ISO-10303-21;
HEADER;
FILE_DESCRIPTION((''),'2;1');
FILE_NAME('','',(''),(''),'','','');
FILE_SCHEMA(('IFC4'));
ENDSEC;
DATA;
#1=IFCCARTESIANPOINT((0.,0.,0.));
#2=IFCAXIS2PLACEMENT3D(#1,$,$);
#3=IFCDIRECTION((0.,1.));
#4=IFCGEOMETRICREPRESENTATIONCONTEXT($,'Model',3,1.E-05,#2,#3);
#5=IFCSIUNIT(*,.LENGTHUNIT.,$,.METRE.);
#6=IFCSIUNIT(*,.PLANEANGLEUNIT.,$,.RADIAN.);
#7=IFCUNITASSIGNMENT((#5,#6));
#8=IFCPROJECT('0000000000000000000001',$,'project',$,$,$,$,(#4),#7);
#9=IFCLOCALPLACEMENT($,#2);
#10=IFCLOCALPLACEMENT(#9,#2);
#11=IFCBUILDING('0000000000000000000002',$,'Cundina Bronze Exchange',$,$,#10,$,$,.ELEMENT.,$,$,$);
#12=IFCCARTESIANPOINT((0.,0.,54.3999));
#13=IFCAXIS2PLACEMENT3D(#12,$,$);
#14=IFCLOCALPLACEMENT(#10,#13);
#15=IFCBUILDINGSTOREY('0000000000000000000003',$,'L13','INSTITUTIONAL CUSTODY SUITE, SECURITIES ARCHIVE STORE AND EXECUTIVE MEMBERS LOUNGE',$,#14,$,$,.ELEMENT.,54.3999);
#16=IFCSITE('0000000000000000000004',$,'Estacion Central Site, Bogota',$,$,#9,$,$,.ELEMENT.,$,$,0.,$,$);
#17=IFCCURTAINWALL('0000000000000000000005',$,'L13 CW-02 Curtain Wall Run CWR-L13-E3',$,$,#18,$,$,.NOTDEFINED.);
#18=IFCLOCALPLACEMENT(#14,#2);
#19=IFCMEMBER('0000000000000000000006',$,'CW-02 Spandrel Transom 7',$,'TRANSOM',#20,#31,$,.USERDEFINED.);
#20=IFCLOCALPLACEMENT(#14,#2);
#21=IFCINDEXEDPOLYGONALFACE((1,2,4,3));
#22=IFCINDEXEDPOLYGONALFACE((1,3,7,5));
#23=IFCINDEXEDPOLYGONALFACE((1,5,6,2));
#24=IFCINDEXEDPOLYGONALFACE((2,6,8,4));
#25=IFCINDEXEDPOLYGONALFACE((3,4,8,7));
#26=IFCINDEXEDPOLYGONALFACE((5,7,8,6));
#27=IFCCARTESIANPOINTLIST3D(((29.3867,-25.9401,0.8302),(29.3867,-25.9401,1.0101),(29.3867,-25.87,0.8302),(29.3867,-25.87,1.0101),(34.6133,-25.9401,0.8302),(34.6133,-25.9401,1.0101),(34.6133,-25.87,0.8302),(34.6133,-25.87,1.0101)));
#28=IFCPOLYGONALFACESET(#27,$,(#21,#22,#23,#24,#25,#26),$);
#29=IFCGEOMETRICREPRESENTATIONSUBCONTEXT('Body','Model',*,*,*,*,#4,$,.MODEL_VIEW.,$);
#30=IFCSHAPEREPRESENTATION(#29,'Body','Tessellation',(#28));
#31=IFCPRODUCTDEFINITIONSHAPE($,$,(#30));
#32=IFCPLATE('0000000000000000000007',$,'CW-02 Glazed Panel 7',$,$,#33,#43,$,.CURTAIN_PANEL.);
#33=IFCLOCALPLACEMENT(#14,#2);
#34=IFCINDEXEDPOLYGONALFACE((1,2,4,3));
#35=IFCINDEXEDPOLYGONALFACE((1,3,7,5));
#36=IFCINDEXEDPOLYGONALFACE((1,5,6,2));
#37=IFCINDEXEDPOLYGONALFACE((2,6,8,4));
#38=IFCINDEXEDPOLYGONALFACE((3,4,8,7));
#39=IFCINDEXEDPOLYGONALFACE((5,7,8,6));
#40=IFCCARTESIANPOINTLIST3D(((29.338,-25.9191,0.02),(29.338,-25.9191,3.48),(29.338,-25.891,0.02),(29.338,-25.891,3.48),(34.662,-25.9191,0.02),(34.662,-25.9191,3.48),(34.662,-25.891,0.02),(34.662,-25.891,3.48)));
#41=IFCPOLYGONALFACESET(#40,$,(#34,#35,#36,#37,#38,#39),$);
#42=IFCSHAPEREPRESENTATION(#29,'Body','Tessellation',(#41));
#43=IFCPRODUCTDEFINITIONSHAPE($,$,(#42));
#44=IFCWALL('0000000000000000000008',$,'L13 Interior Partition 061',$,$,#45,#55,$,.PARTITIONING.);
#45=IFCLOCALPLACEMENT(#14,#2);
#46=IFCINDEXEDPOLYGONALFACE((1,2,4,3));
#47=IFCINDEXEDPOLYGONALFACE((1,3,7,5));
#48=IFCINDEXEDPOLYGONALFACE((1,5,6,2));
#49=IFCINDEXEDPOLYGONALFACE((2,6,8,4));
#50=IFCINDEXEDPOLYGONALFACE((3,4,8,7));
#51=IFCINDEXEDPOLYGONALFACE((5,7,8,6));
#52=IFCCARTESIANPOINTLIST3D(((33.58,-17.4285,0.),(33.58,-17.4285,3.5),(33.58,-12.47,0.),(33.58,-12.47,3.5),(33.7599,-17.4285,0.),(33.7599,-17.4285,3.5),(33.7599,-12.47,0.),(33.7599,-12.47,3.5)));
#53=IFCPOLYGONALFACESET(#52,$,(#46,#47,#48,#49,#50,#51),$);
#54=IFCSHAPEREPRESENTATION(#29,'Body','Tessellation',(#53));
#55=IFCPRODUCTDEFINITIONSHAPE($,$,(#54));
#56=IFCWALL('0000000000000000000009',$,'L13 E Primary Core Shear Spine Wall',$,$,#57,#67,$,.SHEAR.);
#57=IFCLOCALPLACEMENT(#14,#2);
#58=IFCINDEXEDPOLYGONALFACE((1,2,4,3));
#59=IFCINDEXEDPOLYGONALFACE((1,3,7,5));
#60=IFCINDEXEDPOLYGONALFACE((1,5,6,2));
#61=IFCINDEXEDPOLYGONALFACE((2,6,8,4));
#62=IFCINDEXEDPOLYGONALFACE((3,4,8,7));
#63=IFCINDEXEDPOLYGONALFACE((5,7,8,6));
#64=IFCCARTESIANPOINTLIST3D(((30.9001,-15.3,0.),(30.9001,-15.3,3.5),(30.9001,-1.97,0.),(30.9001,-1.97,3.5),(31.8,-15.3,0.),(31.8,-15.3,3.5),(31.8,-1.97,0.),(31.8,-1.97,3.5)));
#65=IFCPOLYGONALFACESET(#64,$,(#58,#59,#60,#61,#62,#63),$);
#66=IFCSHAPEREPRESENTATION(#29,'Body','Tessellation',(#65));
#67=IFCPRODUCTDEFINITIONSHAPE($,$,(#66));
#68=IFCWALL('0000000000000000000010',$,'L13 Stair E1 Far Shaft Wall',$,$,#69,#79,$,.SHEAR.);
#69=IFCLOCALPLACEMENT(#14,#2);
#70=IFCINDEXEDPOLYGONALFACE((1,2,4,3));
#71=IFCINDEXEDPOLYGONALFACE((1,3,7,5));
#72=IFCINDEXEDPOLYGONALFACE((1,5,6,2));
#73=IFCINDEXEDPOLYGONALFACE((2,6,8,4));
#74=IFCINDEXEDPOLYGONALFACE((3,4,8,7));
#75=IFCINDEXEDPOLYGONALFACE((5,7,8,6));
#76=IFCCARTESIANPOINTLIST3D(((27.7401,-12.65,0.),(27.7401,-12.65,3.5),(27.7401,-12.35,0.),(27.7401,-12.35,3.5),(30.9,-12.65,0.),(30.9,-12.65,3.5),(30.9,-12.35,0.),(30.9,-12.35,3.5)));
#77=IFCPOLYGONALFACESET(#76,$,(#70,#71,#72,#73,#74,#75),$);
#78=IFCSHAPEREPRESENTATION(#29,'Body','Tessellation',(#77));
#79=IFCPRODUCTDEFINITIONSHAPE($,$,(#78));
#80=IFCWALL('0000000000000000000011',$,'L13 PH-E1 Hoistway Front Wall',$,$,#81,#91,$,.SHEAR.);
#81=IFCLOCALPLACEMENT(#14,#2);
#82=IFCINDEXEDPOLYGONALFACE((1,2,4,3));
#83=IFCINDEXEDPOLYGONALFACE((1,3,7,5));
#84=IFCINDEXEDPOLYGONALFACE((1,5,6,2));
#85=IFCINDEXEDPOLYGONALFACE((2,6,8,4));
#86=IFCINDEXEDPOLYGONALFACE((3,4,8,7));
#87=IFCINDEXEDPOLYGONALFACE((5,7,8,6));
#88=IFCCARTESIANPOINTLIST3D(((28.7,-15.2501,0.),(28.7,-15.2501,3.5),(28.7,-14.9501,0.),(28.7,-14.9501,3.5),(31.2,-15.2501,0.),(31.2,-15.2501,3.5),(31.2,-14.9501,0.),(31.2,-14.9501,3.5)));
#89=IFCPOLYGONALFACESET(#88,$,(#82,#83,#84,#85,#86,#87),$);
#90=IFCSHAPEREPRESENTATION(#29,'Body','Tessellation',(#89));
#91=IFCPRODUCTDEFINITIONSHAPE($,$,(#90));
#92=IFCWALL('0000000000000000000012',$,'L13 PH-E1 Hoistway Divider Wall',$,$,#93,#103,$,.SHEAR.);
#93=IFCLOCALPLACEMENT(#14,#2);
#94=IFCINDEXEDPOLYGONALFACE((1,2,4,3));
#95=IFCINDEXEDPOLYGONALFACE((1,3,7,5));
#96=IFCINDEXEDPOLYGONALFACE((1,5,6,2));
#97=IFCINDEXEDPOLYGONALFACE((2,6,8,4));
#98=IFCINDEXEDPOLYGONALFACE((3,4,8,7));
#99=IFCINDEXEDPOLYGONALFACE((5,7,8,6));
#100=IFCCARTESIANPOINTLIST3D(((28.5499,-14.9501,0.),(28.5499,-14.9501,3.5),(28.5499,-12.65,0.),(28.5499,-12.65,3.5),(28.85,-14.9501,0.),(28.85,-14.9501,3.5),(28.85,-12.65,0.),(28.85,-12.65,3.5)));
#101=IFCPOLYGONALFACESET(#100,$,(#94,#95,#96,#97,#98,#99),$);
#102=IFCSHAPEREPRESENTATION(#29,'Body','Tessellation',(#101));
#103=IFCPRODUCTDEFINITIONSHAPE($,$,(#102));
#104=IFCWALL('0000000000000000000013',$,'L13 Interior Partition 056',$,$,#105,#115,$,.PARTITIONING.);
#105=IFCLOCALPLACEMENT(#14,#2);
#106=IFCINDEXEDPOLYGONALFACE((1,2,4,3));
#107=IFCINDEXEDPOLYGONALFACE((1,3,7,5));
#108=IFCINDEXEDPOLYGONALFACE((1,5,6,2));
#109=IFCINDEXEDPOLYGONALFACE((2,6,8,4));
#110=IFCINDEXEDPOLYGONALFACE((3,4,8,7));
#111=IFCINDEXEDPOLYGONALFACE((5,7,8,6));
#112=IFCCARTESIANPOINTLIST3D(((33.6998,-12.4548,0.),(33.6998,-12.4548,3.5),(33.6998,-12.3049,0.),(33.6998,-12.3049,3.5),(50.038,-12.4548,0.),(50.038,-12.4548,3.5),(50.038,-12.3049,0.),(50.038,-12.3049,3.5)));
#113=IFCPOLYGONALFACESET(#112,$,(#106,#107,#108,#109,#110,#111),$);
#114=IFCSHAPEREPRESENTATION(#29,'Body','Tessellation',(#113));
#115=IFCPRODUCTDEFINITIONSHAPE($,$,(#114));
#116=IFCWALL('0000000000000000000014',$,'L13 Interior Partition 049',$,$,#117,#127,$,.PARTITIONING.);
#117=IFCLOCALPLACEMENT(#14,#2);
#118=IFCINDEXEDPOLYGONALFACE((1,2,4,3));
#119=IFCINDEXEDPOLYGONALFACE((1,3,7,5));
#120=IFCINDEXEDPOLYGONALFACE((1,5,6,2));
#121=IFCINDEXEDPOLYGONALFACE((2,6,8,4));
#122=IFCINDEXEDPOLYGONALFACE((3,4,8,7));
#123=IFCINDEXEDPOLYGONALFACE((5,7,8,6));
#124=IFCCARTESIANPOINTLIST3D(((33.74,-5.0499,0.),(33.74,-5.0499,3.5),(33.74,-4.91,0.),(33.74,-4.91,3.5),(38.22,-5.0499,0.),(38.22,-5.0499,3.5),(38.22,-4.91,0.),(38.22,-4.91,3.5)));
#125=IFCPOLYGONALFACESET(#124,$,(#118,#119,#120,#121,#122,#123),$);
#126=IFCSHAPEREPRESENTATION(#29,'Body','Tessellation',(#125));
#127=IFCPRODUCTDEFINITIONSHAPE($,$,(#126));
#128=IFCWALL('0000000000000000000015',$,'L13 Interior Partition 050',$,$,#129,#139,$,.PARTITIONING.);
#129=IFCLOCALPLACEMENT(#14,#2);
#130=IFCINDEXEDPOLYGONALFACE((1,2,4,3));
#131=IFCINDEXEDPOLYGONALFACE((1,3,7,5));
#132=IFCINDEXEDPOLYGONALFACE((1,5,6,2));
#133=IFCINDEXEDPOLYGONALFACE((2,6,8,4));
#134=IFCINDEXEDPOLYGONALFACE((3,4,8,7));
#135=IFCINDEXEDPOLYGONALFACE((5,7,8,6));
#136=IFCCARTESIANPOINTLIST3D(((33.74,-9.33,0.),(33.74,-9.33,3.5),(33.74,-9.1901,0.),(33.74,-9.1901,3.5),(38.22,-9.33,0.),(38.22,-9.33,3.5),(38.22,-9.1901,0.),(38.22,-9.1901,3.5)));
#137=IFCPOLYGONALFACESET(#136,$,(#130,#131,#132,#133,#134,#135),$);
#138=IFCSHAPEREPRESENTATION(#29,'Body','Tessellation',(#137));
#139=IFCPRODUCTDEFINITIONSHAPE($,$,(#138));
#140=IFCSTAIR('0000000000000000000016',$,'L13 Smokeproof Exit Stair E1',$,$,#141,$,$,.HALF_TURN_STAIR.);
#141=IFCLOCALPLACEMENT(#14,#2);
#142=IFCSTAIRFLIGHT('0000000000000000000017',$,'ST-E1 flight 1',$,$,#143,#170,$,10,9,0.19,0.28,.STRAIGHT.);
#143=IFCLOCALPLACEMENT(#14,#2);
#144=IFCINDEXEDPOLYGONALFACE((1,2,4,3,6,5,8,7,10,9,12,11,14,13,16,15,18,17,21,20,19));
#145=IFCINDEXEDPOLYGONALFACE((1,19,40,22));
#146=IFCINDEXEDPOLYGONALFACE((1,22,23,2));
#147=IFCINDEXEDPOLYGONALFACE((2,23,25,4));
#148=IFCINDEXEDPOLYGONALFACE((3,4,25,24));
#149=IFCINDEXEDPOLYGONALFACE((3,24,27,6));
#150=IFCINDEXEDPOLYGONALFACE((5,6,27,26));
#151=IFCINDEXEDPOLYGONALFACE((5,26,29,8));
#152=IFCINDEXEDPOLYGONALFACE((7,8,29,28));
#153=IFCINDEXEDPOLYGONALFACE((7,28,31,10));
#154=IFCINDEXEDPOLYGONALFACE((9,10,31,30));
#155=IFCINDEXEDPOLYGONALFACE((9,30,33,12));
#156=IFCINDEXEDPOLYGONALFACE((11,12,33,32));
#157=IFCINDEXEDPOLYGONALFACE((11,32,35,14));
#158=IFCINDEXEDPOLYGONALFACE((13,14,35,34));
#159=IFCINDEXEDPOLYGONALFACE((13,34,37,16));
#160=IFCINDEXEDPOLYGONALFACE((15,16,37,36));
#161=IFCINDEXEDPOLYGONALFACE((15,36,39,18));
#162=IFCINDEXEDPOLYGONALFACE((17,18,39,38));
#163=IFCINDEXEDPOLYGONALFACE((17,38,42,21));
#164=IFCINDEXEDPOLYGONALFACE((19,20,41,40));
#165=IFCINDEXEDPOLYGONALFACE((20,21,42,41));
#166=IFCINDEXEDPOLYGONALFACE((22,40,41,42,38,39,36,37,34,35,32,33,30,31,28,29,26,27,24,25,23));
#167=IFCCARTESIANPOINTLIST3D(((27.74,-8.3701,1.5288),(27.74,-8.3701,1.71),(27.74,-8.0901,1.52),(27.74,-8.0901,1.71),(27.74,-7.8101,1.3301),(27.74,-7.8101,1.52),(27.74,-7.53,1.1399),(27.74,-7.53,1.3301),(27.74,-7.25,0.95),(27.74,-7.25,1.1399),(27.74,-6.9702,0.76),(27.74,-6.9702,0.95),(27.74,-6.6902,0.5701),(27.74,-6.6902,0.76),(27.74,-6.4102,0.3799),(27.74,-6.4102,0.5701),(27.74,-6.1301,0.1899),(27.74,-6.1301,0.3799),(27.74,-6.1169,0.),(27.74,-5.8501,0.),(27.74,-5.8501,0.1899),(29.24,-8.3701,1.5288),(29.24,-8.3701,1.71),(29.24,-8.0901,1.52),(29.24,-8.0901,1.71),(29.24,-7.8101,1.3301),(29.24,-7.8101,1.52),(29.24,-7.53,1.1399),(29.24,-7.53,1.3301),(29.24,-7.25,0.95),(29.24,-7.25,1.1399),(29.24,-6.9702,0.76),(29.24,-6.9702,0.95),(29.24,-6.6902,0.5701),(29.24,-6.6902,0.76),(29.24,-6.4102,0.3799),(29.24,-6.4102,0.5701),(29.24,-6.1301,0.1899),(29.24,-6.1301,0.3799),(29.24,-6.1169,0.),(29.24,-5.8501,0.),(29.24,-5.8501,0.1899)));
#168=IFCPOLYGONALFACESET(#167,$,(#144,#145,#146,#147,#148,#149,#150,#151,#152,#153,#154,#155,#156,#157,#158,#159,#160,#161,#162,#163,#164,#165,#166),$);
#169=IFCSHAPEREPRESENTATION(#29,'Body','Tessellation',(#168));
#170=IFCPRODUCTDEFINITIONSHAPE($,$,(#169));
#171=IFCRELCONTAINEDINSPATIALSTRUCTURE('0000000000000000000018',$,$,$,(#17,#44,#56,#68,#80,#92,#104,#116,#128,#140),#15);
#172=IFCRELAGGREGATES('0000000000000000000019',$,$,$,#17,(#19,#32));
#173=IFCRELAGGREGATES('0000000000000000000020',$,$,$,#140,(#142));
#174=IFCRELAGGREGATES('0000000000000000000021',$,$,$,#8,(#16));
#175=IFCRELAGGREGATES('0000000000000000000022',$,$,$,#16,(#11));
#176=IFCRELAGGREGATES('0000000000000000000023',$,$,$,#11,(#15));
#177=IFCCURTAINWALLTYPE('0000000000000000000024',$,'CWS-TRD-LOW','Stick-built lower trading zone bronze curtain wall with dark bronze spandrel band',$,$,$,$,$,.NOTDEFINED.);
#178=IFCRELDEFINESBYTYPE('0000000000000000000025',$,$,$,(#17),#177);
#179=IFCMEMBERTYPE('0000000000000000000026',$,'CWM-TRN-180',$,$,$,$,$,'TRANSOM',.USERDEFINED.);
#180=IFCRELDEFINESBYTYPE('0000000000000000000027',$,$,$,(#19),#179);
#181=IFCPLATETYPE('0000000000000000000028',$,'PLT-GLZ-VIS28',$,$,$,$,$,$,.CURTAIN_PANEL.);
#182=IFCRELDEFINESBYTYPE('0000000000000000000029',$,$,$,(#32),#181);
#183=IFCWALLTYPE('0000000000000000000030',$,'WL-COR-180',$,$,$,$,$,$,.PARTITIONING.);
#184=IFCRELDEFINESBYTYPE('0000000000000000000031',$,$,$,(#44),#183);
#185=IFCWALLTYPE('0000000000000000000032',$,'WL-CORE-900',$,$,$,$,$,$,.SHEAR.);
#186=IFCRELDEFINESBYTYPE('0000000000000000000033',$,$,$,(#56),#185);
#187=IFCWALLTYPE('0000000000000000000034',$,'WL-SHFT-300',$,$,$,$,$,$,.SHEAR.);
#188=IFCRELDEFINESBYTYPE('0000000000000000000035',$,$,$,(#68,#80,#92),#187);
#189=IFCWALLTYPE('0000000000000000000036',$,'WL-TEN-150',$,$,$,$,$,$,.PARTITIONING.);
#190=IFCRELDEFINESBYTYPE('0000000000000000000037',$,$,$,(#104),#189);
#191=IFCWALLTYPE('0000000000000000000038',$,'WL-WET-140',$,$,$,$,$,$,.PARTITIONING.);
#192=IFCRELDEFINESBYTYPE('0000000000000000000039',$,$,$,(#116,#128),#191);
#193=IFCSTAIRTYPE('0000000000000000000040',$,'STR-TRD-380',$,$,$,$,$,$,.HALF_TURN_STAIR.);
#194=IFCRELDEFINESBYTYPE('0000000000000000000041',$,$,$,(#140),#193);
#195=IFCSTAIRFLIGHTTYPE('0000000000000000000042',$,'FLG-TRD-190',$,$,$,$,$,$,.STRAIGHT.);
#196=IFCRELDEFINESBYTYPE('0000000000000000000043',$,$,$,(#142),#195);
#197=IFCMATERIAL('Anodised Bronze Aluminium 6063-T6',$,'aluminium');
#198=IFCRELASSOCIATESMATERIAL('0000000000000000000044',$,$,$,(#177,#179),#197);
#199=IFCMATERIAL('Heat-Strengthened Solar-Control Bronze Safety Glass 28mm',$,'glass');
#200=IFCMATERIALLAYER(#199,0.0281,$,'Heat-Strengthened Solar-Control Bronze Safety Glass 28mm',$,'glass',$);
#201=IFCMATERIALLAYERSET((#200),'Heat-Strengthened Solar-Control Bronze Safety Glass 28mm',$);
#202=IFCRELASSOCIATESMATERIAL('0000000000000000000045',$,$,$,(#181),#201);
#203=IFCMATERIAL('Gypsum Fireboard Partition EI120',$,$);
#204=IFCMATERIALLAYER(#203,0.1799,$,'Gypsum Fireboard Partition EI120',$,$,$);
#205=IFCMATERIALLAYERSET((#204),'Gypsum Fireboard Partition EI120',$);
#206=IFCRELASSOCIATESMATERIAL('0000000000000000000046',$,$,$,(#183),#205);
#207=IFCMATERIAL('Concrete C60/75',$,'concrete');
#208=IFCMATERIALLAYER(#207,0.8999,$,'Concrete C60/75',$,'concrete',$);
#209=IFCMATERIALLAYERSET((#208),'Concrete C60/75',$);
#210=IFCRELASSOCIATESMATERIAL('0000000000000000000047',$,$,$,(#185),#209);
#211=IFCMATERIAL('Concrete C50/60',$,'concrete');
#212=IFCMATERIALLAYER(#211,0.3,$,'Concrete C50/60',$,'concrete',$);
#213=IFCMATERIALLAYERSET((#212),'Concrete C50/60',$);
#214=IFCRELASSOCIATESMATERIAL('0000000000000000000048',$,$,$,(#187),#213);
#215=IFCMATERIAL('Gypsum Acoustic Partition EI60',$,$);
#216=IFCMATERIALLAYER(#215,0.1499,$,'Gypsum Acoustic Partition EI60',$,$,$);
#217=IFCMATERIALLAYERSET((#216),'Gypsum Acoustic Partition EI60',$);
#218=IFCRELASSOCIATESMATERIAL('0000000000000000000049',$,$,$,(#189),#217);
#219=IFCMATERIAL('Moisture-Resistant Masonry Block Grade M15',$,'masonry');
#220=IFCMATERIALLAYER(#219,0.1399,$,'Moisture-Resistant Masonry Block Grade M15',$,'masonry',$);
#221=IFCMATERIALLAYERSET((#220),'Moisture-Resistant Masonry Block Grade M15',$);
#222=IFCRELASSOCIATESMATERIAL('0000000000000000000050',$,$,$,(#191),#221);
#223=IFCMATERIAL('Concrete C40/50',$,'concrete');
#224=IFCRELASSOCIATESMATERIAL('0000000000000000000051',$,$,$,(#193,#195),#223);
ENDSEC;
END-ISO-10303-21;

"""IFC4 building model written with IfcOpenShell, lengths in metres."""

from ifc_helpers import new_model, si_unit, direction, frame, frame_2d, origin, origin_2d, place, context, subcontext, project, spatial, polyline, rectangle, outline, extrude, material, layer, layer_set, material_profile, profile_set, type_object, element, aggregate, save


model = new_model("IFC4")

# Units and contexts
model_context = context("Model", 3, precision=1e-05, world=origin(), true_north=direction((0.0, 1.0)))
body_context = subcontext(model_context, "Body", "Model", "MODEL_VIEW")
ifc_project = project(units=[si_unit("LENGTHUNIT", "METRE"), si_unit("PLANEANGLEUNIT", "RADIAN")], contexts=[model_context])

# Site, building, storey
site_placement = place(None, origin())
site = spatial("IfcSite", under=ifc_project, at=site_placement, Name="Estacion Central Site, Bogota", CompositionType="ELEMENT", RefElevation=0.0)
building_placement = place(site_placement, origin())
building = spatial("IfcBuilding", under=site, at=building_placement, Name="Cundina Bronze Exchange", CompositionType="ELEMENT")
storey_placement = place(building_placement, frame((0.0, 0.0, 54.3999)))
storey = spatial("IfcBuildingStorey", under=building, at=storey_placement, Name="L13", Description="INSTITUTIONAL CUSTODY SUITE, SECURITIES ARCHIVE STORE AND EXECUTIVE MEMBERS LOUNGE", CompositionType="ELEMENT", Elevation=54.3999)

# Shared definitions
ifc_material_1 = material(Name="Concrete C60/75", Category="concrete")

# Curtain wall
ifc_material_2 = material(Name="Anodised Bronze Aluminium 6063-T6", Category="aluminium")
curtain_wall_type = type_object("IfcCurtainWallType", Name="CWS-TRD-LOW", Description="Stick-built lower trading zone bronze curtain wall with dark bronze spandrel band", PredefinedType="NOTDEFINED", material=ifc_material_2)
curtain_wall_1_placement = place(storey_placement, origin())
curtain_wall_1 = element("IfcCurtainWall", 1, at=curtain_wall_1_placement, inside=storey, type_object=curtain_wall_type, Name="L13 CW-02 Curtain Wall Run CWR-L13-E3", PredefinedType="NOTDEFINED")

# Member
ifc_material_profile_1 = material_profile(ifc_material_2, rectangle(XDim=0.0701, YDim=0.1799, at=origin_2d()), Name="AL70X180", Category="aluminium")
ifc_profile_set_1 = profile_set([ifc_material_profile_1], Name="Anodised Bronze Aluminium 6063-T6")
member_type_1 = type_object("IfcMemberType", Name="CWM-TRN-180", ElementType="TRANSOM", PredefinedType="USERDEFINED", material=ifc_profile_set_1)
member_1_placement = place(storey_placement, frame((29.3867, -25.905, 0.9202), z_axis=(1.0, 0.0, 0.0), x_axis=(0.0, 1.0, 0.0)))
member_1 = element("IfcMember", 2, at=member_1_placement, type_object=member_type_1, Name="CW-02 Spandrel Transom 7", ObjectType="TRANSOM", PredefinedType="USERDEFINED", context=body_context, shape_type="SweptSolid", body=[
    extrude(rectangle(XDim=0.0701, YDim=0.1799, at=origin_2d()), origin(), (0.0, 0.0, 1.0), 5.2266),
])

# Plate
ifc_material_3 = material(Name="Heat-Strengthened Solar-Control Bronze Safety Glass 28mm", Category="glass")
ifc_layer_1 = layer(ifc_material_3, 0.0281, Name="Heat-Strengthened Solar-Control Bronze Safety Glass 28mm", Category="glass")
ifc_layer_set_1 = layer_set([ifc_layer_1], Name="Heat-Strengthened Solar-Control Bronze Safety Glass 28mm")
plate_type = type_object("IfcPlateType", Name="PLT-GLZ-VIS28", PredefinedType="CURTAIN_PANEL", material=ifc_layer_set_1)
plate_placement = place(storey_placement, frame((32.0, -25.905, 0.02), z_axis=(0.0, 0.0, 1.0), x_axis=(1.0, 0.0, 0.0)))
plate = element("IfcPlate", 3, at=plate_placement, type_object=plate_type, Name="CW-02 Glazed Panel 7", PredefinedType="CURTAIN_PANEL", context=body_context, shape_type="SweptSolid", body=[
    extrude(rectangle(XDim=5.324, YDim=0.0281, at=origin_2d()), origin(), (0.0, 0.0, 1.0), 3.46),
])
aggregate(curtain_wall_1, [member_1, plate])

# Shared definitions
ifc_material_4 = material(Name="Gypsum Fireboard Partition EI120")
ifc_layer_2 = layer(ifc_material_4, 0.1799, Name="Gypsum Fireboard Partition EI120")
ifc_layer_set_2 = layer_set([ifc_layer_2], Name="Gypsum Fireboard Partition EI120")
wall_type_1 = type_object("IfcWallType", Name="WL-COR-180", PredefinedType="PARTITIONING", material=ifc_layer_set_2)

# Walls
wall_1_placement = place(storey_placement, frame((33.6699, -17.4285, 0.0), z_axis=(0.0, 0.0, 1.0), x_axis=(0.0, 1.0, 0.0)))
element("IfcWall", 4, at=wall_1_placement, inside=storey, type_object=wall_type_1, Name="L13 Interior Partition 061", PredefinedType="PARTITIONING", context=body_context, shape_type="SweptSolid", body=[
    extrude(rectangle(XDim=4.9585, YDim=0.1799, at=frame_2d((2.4792, 0.0))), origin(), (0.0, 0.0, 1.0), 3.5),
])
ifc_layer_3 = layer(ifc_material_1, 0.8999, Name="Concrete C60/75", Category="concrete")
ifc_layer_set_3 = layer_set([ifc_layer_3], Name="Concrete C60/75")
wall_type_2 = type_object("IfcWallType", Name="WL-CORE-900", PredefinedType="SHEAR", material=ifc_layer_set_3)
wall_2_placement = place(storey_placement, frame((31.3501, -15.3, 0.0), z_axis=(0.0, 0.0, 1.0), x_axis=(0.0, 1.0, 0.0)))
element("IfcWall", 5, at=wall_2_placement, inside=storey, type_object=wall_type_2, Name="L13 E Primary Core Shear Spine Wall", PredefinedType="SHEAR", context=body_context, shape_type="SweptSolid", body=[
    extrude(rectangle(XDim=13.3301, YDim=0.8999, at=frame_2d((6.665, 0.0))), origin(), (0.0, 0.0, 1.0), 3.5),
])
ifc_material_5 = material(Name="Concrete C50/60", Category="concrete")
ifc_layer_4 = layer(ifc_material_5, 0.3, Name="Concrete C50/60", Category="concrete")
ifc_layer_set_4 = layer_set([ifc_layer_4], Name="Concrete C50/60")
wall_type_3 = type_object("IfcWallType", Name="WL-SHFT-300", PredefinedType="SHEAR", material=ifc_layer_set_4)
wall_3_placement = place(storey_placement, frame((27.74, -12.5, 0.0), z_axis=(0.0, 0.0, 1.0), x_axis=(1.0, 0.0, 0.0)))
element("IfcWall", 6, at=wall_3_placement, inside=storey, type_object=wall_type_3, Name="L13 Stair E1 Far Shaft Wall", PredefinedType="SHEAR", context=body_context, shape_type="SweptSolid", body=[
    extrude(rectangle(XDim=3.1599, YDim=0.3, at=frame_2d((1.5801, 0.0))), origin(), (0.0, 0.0, 1.0), 3.5),
])
wall_4_placement = place(storey_placement, frame((28.7, -15.1001, 0.0), z_axis=(0.0, 0.0, 1.0), x_axis=(1.0, 0.0, 0.0)))
element("IfcWall", 7, at=wall_4_placement, inside=storey, type_object=wall_type_3, Name="L13 PH-E1 Hoistway Front Wall", PredefinedType="SHEAR", context=body_context, shape_type="SweptSolid", body=[
    extrude(rectangle(XDim=2.5, YDim=0.3, at=frame_2d((1.25, 0.0))), origin(), (0.0, 0.0, 1.0), 3.5),
])
wall_5_placement = place(storey_placement, frame((28.7, -14.95, 0.0), z_axis=(0.0, 0.0, 1.0), x_axis=(0.0, 1.0, 0.0)))
element("IfcWall", 8, at=wall_5_placement, inside=storey, type_object=wall_type_3, Name="L13 PH-E1 Hoistway Divider Wall", PredefinedType="SHEAR", context=body_context, shape_type="SweptSolid", body=[
    extrude(rectangle(XDim=2.3, YDim=0.3, at=frame_2d((1.1499, 0.0))), origin(), (0.0, 0.0, 1.0), 3.5),
])
ifc_material_6 = material(Name="Gypsum Acoustic Partition EI60")
ifc_layer_5 = layer(ifc_material_6, 0.1499, Name="Gypsum Acoustic Partition EI60")
ifc_layer_set_5 = layer_set([ifc_layer_5], Name="Gypsum Acoustic Partition EI60")
wall_type_4 = type_object("IfcWallType", Name="WL-TEN-150", PredefinedType="PARTITIONING", material=ifc_layer_set_5)
wall_6_placement = place(storey_placement, frame((33.7, -12.3799, 0.0), z_axis=(0.0, 0.0, 1.0), x_axis=(1.0, 0.0, 0.0)))
element("IfcWall", 9, at=wall_6_placement, inside=storey, type_object=wall_type_4, Name="L13 Interior Partition 056", PredefinedType="PARTITIONING", context=body_context, shape_type="SweptSolid", body=[
    extrude(rectangle(XDim=16.3381, YDim=0.1499, at=frame_2d((8.1689, 0.0))), origin(), (0.0, 0.0, 1.0), 3.5),
])
ifc_material_7 = material(Name="Moisture-Resistant Masonry Block Grade M15", Category="masonry")
ifc_layer_6 = layer(ifc_material_7, 0.1399, Name="Moisture-Resistant Masonry Block Grade M15", Category="masonry")
ifc_layer_set_6 = layer_set([ifc_layer_6], Name="Moisture-Resistant Masonry Block Grade M15")
wall_type_5 = type_object("IfcWallType", Name="WL-WET-140", PredefinedType="PARTITIONING", material=ifc_layer_set_6)
for number, where, z_axis, x_axis, name in (
    (10, (33.74, -4.98, 0.0), (0.0, 0.0, 1.0), (1.0, 0.0, 0.0), "L13 Interior Partition 049"),
    (11, (33.74, -9.26, 0.0), (0.0, 0.0, 1.0), (1.0, 0.0, 0.0), "L13 Interior Partition 050"),
):
    element("IfcWall", number, at=place(storey_placement, frame(where, z_axis=z_axis, x_axis=x_axis)), inside=storey, type_object=wall_type_5, Name=name, PredefinedType="PARTITIONING", context=body_context, shape_type="SweptSolid", body=[
        extrude(rectangle(XDim=4.48, YDim=0.1399, at=frame_2d((2.24, 0.0))), origin(), (0.0, 0.0, 1.0), 3.5),
    ])

# Stair, stair flight
ifc_material_8 = material(Name="Concrete C40/50", Category="concrete")
stair_type = type_object("IfcStairType", Name="STR-TRD-380", PredefinedType="HALF_TURN_STAIR", material=ifc_material_8)
stair_placement = place(storey_placement, origin())
stair = element("IfcStair", 12, at=stair_placement, inside=storey, type_object=stair_type, Name="L13 Smokeproof Exit Stair E1", PredefinedType="HALF_TURN_STAIR")
stair_flight_type = type_object("IfcStairFlightType", Name="FLG-TRD-190", PredefinedType="STRAIGHT", material=ifc_material_8)
stair_flight_1_placement = place(storey_placement, frame((28.49, -5.8501, 0.0), z_axis=(0.0, 0.0, 1.0), x_axis=(0.0, -1.0, 0.0)))
stair_flight_1 = element("IfcStairFlight", 13, at=stair_flight_1_placement, type_object=stair_flight_type, Name="ST-E1 flight 1", NumberOfRisers=10, NumberOfTreads=9, PredefinedType="STRAIGHT", RiserHeight=0.19, TreadLength=0.28, context=body_context, shape_type="SweptSolid", body=[
    extrude(outline(polyline([(0.0, 0.0), (0.0, 0.1899), (0.28, 0.1899), (0.28, 0.3799), (0.5601, 0.3799), (0.5601, 0.5701), (0.8401, 0.5701), (0.8401, 0.76), (1.1201, 0.76), (1.1201, 0.95), (1.3999, 0.95), (1.3999, 1.1399), (1.6799, 1.1399), (1.6799, 1.3301), (1.96, 1.3301), (1.96, 1.52), (2.24, 1.52), (2.24, 1.71), (2.52, 1.71), (2.52, 1.8999), (2.52, 1.5288), (0.2668, 0.0), (0.0, 0.0)])), frame((0.0, 0.75, 0.0), z_axis=(0.0, -1.0, 0.0), x_axis=(1.0, 0.0, 0.0)), (0.0, 0.0, 1.0), 1.5),
])
aggregate(stair, [stair_flight_1])

save(model, "model.ifc")
